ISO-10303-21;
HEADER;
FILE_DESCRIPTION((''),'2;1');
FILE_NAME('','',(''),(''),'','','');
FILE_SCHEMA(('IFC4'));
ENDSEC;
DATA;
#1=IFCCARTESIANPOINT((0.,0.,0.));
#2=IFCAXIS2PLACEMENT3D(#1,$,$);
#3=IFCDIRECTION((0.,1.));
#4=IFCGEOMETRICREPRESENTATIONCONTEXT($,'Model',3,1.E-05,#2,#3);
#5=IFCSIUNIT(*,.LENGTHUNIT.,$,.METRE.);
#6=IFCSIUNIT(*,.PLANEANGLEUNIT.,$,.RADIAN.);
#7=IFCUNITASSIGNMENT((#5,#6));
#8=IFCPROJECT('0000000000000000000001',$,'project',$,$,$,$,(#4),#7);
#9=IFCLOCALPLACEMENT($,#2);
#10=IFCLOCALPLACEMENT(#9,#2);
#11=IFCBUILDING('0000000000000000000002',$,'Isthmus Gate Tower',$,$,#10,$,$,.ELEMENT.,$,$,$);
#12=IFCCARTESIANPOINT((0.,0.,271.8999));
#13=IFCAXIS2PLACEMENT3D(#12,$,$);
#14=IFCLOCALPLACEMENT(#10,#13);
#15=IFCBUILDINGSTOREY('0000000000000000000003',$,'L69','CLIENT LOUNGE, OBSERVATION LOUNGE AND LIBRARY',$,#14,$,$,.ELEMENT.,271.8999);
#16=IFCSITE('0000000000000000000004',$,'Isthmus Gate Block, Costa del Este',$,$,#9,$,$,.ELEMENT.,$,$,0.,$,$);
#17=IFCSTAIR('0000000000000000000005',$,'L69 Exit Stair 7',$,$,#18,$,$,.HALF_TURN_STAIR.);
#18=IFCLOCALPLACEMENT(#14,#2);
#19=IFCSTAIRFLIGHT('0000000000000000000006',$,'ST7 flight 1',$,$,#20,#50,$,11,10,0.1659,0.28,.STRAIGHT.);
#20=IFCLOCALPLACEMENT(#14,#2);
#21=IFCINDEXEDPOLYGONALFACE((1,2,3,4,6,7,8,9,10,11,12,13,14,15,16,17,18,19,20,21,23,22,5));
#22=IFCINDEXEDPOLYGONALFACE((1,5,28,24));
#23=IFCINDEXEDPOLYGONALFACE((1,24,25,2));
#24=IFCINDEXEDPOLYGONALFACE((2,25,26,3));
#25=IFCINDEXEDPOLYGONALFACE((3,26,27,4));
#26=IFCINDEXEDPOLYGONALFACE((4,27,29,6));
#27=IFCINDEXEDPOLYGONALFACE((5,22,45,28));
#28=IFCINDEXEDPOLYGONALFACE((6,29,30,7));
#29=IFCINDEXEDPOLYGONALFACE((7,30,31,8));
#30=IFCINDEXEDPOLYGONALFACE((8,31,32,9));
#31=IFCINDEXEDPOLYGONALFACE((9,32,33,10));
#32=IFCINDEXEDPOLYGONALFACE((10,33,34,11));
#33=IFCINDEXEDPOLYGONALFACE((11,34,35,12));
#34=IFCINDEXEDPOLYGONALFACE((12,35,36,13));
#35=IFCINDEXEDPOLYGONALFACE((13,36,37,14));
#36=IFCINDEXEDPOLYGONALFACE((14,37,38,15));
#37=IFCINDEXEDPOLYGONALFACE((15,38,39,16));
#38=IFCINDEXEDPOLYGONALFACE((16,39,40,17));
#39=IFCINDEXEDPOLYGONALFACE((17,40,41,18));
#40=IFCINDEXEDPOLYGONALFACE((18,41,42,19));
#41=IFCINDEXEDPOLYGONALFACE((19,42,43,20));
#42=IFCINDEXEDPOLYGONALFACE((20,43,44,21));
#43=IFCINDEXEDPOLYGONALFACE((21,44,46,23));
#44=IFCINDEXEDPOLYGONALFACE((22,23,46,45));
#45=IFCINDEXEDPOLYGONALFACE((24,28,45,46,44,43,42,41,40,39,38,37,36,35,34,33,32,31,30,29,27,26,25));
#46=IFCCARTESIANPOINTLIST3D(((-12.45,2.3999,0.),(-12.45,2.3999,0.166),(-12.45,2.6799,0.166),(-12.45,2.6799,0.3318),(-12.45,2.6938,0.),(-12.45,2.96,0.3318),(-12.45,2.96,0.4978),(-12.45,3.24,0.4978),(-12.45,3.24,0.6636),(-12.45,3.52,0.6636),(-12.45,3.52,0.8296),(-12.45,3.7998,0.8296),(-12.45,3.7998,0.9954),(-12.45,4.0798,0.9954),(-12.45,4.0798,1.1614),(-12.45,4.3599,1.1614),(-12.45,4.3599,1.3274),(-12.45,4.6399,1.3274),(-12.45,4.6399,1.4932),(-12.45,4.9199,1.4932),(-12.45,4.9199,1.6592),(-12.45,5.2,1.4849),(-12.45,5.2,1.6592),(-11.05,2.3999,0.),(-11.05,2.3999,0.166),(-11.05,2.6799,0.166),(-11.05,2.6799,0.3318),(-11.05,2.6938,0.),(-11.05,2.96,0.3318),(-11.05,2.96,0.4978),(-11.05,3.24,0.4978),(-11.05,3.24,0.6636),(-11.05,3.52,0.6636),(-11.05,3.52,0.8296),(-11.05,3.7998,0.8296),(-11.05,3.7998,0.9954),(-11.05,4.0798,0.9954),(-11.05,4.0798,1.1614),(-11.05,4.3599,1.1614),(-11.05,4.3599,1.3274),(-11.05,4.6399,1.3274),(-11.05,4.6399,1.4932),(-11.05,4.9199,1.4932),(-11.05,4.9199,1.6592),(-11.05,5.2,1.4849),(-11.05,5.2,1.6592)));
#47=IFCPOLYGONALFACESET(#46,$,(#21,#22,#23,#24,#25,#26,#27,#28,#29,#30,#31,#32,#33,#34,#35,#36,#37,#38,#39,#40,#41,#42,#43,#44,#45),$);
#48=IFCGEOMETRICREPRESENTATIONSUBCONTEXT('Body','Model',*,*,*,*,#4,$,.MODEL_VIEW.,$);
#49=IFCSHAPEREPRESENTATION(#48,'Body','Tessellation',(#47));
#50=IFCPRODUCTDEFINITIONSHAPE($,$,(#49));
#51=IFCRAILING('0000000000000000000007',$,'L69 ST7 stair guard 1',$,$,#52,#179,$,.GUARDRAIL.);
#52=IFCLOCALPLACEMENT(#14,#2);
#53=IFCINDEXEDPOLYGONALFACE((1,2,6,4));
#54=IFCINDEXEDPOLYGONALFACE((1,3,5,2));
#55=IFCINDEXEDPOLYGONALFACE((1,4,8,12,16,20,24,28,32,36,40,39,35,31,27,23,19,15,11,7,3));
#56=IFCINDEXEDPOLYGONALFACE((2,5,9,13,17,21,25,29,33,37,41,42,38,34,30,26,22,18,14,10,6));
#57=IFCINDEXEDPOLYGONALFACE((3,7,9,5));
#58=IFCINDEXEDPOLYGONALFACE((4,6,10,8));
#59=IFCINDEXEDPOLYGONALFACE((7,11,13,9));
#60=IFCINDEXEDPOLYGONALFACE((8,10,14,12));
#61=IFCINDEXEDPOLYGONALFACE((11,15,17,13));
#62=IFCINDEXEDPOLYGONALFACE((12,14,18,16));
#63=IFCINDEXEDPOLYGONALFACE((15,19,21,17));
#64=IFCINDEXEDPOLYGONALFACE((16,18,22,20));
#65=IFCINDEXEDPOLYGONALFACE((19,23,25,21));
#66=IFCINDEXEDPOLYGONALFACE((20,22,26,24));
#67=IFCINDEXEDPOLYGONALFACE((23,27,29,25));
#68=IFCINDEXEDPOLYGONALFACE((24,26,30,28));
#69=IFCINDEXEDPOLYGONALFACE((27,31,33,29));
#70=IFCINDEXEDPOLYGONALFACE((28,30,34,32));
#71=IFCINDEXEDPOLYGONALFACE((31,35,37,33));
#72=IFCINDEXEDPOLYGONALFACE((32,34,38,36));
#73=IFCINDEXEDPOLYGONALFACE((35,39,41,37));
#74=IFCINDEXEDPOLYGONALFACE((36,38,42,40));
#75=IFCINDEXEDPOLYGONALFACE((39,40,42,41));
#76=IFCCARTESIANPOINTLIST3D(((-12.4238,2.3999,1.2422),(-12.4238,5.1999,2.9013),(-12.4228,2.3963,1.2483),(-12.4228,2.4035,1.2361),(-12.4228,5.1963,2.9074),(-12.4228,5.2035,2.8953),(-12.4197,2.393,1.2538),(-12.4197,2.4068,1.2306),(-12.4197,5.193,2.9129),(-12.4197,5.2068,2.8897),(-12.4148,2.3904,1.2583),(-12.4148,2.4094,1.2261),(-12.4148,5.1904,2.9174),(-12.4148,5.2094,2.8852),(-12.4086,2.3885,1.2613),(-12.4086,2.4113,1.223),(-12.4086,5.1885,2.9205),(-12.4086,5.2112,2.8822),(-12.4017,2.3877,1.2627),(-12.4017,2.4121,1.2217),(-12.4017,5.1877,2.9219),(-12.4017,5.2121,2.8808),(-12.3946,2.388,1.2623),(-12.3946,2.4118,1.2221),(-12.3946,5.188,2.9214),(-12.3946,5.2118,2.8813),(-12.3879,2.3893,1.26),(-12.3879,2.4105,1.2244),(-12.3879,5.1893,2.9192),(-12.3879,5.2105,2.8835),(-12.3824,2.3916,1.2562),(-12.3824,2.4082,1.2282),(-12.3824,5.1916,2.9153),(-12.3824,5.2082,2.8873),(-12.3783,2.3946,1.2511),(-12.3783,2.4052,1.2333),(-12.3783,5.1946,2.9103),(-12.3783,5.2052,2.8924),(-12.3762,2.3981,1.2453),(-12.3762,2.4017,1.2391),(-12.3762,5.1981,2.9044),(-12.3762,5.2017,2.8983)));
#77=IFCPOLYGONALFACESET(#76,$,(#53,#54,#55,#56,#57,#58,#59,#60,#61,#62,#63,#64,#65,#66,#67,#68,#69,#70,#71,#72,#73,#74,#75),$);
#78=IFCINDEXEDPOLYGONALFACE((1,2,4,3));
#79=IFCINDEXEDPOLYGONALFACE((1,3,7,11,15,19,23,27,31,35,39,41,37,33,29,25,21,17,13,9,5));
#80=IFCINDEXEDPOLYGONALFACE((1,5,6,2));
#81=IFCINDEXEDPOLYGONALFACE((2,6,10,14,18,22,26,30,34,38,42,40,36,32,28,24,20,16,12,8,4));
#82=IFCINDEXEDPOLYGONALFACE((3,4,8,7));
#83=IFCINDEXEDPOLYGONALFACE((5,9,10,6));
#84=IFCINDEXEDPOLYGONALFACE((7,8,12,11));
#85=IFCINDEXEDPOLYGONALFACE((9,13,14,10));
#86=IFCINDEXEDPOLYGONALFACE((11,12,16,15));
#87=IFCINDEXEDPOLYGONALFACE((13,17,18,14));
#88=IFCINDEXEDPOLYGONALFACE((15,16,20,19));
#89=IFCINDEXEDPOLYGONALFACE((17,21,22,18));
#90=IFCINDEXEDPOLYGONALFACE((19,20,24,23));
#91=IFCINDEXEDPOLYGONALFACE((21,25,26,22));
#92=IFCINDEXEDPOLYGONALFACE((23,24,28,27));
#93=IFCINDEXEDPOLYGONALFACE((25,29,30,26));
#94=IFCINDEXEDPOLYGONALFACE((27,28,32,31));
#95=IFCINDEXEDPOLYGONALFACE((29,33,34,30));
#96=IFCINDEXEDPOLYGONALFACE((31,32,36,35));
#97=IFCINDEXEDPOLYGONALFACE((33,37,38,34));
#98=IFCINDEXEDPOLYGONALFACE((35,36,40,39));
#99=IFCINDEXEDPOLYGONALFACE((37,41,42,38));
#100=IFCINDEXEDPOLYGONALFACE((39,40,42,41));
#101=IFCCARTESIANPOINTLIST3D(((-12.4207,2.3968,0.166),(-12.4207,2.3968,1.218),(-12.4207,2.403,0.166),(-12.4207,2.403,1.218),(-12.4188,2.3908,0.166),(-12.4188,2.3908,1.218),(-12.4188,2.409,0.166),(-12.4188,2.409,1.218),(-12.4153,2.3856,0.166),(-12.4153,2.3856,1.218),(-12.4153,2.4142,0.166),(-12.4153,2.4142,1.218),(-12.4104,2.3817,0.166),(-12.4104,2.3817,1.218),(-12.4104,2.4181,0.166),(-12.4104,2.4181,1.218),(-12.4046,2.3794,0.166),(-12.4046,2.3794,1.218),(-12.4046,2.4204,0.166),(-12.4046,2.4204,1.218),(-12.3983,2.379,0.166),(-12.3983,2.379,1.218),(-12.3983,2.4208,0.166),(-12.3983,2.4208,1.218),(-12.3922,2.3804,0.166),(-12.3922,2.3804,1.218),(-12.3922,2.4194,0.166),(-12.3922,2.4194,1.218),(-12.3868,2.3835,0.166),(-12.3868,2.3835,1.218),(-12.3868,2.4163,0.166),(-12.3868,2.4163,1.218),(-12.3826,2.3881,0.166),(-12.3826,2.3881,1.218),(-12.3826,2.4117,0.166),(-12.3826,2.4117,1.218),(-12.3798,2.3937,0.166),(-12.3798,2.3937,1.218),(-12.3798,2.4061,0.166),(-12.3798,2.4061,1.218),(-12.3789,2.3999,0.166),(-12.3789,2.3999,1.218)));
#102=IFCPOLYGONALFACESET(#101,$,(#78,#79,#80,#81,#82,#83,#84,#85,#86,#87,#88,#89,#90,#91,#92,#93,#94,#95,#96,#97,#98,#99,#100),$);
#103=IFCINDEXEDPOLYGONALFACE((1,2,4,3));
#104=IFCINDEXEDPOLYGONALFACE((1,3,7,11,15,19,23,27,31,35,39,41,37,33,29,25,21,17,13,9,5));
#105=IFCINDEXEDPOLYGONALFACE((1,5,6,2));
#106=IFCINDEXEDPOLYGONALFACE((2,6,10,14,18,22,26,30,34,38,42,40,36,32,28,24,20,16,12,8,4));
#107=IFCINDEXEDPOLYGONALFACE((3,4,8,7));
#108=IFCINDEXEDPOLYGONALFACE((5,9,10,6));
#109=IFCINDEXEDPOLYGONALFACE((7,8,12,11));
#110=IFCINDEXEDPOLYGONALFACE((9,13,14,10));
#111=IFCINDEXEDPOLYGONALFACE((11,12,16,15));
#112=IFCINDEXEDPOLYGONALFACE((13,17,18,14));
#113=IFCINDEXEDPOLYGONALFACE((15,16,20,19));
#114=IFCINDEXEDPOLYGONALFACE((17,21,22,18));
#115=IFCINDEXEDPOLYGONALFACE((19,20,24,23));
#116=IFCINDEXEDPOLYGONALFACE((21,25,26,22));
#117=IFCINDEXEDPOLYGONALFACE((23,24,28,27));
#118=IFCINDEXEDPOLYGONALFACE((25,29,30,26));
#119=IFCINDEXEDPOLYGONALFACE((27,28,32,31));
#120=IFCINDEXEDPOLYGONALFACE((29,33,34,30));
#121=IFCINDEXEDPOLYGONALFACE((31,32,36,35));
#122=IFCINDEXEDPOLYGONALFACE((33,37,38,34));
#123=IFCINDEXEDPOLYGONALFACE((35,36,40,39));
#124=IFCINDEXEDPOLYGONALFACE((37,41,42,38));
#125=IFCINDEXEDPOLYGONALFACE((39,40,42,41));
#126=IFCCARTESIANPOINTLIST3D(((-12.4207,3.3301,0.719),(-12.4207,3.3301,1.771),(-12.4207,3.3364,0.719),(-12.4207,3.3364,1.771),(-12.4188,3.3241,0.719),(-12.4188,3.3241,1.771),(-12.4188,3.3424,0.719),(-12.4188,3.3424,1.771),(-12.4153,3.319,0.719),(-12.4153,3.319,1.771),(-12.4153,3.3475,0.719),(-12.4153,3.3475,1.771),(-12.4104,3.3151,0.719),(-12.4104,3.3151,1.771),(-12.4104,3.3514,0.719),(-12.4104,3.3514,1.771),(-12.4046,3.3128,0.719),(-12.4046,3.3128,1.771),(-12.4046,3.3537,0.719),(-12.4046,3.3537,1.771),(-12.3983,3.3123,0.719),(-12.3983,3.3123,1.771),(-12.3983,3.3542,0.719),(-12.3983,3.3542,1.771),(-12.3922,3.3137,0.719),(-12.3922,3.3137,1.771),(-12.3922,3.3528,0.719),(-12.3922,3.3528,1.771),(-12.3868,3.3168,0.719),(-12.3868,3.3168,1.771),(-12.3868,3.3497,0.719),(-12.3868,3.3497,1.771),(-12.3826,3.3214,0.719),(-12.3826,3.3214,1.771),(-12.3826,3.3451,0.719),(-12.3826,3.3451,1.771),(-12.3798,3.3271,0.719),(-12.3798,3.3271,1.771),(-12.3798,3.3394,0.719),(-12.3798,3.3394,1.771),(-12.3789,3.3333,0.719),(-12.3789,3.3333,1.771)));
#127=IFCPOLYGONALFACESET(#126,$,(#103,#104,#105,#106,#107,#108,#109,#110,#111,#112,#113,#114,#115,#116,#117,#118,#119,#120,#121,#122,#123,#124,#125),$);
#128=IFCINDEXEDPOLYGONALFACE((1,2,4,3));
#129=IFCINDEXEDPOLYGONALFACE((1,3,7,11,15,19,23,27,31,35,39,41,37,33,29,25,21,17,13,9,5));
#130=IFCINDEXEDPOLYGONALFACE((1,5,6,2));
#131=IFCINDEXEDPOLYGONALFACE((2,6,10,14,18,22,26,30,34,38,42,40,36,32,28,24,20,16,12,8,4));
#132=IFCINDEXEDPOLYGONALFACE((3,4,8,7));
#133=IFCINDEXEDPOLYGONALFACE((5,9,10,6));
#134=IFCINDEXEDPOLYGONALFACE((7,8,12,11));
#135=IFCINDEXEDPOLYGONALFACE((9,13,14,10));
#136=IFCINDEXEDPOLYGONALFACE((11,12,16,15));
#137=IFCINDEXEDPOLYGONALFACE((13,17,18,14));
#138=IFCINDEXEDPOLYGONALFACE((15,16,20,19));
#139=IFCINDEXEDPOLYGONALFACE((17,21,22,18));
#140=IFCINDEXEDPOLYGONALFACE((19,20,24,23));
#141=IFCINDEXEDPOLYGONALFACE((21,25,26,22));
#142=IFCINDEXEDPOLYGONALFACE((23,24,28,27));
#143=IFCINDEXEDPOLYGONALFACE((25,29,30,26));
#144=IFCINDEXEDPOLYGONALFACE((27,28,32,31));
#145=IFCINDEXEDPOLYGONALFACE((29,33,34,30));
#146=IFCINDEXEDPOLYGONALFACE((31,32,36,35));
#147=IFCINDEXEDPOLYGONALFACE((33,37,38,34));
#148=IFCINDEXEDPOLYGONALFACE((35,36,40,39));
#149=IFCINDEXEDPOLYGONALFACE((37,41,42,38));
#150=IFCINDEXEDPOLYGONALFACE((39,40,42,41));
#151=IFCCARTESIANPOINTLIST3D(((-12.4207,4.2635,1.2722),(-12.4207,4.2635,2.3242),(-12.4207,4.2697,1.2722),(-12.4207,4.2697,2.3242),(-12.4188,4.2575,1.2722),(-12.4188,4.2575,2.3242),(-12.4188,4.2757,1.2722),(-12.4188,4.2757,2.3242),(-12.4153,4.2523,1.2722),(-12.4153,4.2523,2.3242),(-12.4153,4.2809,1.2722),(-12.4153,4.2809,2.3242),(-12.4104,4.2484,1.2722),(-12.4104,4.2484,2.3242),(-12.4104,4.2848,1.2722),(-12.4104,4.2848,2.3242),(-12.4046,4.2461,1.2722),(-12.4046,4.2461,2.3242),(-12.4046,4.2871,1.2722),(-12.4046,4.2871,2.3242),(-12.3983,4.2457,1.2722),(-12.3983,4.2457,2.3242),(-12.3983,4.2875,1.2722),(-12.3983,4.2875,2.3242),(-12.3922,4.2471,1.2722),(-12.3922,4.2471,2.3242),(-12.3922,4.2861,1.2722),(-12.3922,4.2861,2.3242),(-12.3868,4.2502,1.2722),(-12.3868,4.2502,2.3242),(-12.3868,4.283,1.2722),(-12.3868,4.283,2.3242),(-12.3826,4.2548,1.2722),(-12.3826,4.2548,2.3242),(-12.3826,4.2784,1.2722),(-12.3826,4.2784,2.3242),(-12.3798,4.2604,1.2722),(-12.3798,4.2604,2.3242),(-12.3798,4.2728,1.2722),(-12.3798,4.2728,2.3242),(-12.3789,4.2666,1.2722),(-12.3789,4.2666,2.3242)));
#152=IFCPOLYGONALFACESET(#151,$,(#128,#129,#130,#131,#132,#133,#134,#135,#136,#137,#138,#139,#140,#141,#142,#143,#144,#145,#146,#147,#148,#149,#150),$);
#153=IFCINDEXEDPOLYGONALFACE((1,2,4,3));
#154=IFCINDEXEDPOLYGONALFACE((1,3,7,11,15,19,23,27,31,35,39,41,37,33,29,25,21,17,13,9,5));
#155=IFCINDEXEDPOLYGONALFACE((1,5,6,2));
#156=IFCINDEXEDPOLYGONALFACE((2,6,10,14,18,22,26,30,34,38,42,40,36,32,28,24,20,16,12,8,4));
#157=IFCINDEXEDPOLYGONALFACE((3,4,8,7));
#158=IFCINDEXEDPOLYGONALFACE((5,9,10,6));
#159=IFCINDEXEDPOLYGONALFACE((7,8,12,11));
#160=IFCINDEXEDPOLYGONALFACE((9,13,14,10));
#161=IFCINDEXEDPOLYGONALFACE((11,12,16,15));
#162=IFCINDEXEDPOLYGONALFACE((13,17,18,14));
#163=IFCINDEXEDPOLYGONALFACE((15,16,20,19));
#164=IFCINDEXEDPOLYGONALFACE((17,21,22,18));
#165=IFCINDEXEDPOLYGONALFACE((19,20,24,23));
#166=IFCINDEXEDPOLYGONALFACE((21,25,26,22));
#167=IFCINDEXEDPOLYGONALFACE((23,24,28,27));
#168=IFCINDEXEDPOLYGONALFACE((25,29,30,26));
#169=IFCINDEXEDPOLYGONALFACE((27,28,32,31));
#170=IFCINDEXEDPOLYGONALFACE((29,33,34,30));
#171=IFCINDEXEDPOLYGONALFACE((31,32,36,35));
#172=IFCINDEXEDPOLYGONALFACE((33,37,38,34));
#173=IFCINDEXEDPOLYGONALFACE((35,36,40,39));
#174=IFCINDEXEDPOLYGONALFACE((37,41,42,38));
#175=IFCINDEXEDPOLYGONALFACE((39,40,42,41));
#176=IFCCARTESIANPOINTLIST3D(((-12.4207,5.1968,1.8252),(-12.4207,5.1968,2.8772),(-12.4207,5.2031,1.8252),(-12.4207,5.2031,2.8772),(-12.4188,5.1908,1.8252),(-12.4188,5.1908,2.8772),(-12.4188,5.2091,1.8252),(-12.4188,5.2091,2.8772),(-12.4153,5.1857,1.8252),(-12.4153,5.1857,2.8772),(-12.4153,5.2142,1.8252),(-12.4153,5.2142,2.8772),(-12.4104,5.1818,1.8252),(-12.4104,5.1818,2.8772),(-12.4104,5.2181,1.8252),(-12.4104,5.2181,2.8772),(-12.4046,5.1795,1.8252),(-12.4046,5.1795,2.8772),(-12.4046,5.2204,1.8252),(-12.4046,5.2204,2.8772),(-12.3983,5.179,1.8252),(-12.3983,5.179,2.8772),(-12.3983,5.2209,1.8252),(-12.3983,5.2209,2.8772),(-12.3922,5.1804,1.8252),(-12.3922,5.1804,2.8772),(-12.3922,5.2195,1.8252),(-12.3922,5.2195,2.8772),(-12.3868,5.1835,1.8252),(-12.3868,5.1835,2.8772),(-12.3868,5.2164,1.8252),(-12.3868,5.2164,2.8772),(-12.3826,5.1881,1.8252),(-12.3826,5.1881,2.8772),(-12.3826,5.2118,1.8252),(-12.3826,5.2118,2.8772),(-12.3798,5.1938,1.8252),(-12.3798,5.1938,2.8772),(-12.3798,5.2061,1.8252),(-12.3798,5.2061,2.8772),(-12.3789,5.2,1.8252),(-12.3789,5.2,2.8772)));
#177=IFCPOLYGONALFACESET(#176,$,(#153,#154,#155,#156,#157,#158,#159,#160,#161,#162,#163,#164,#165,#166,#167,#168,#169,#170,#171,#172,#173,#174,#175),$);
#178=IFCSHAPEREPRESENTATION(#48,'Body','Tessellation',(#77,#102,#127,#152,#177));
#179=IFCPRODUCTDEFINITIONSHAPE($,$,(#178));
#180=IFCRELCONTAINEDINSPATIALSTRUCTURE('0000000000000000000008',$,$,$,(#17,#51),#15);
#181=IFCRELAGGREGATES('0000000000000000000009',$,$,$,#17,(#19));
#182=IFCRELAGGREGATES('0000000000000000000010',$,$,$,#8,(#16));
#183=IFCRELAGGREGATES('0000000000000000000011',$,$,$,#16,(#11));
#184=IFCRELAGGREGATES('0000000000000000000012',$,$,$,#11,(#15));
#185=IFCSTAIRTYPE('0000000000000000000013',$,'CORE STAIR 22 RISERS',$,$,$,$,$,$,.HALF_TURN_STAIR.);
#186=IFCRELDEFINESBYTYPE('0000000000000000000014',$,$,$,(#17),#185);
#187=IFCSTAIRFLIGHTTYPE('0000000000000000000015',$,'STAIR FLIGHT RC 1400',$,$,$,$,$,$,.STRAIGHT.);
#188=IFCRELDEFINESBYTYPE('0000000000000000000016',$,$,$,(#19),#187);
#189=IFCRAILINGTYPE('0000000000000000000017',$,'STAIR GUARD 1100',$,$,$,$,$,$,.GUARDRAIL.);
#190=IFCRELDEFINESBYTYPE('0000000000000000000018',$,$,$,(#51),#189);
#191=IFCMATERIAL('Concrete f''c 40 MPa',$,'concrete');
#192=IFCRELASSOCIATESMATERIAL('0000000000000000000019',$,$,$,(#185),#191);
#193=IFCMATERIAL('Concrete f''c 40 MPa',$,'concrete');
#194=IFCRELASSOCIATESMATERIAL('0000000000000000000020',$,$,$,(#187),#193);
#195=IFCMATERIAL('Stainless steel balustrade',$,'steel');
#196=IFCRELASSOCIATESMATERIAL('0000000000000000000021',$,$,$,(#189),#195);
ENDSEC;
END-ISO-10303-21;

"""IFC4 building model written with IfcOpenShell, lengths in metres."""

from ifc_helpers import new_model, si_unit, direction, frame, origin, origin_2d, place, context, subcontext, project, spatial, polyline, circle, outline, extrude, material, type_object, element, aggregate, save


model = new_model("IFC4")

# Units and contexts
model_context = context("Model", 3, precision=1e-05, world=origin(), true_north=direction((0.0, 1.0)))
body_context = subcontext(model_context, "Body", "Model", "MODEL_VIEW")
ifc_project = project(units=[si_unit("LENGTHUNIT", "METRE"), si_unit("PLANEANGLEUNIT", "RADIAN")], contexts=[model_context])

# Site, building, storey
site_placement = place(None, origin())
site = spatial("IfcSite", under=ifc_project, at=site_placement, Name="Isthmus Gate Block, Costa del Este", CompositionType="ELEMENT", RefElevation=0.0)
building_placement = place(site_placement, origin())
building = spatial("IfcBuilding", under=site, at=building_placement, Name="Isthmus Gate Tower", CompositionType="ELEMENT")
storey_placement = place(building_placement, frame((0.0, 0.0, 271.8999)))
storey = spatial("IfcBuildingStorey", under=building, at=storey_placement, Name="L69", Description="CLIENT LOUNGE, OBSERVATION LOUNGE AND LIBRARY", CompositionType="ELEMENT", Elevation=271.8999)

# Stair, stair flight
ifc_material_1 = material(Name="Concrete f'c 40 MPa", Category="concrete")
stair_type = type_object("IfcStairType", Name="CORE STAIR 22 RISERS", PredefinedType="HALF_TURN_STAIR", material=ifc_material_1)
stair_placement = place(storey_placement, origin())
stair = element("IfcStair", 1, at=stair_placement, inside=storey, type_object=stair_type, Name="L69 Exit Stair 7", PredefinedType="HALF_TURN_STAIR")
ifc_material_2 = material(Name="Concrete f'c 40 MPa", Category="concrete")
stair_flight_type = type_object("IfcStairFlightType", Name="STAIR FLIGHT RC 1400", PredefinedType="STRAIGHT", material=ifc_material_2)
stair_flight_placement = place(storey_placement, frame((-11.75, 2.3999, 0.0), z_axis=(0.0, 0.0, 1.0), x_axis=(0.0, 1.0, 0.0)))
stair_flight = element("IfcStairFlight", 2, at=stair_flight_placement, type_object=stair_flight_type, Name="ST7 flight 1", NumberOfRisers=11, NumberOfTreads=10, PredefinedType="STRAIGHT", RiserHeight=0.1659, TreadLength=0.28, context=body_context, shape_type="SweptSolid", body=[
    extrude(outline(polyline([(0.0, 0.0), (0.0, 0.166), (0.28, 0.166), (0.28, 0.3318), (0.5601, 0.3318), (0.5601, 0.4978), (0.8401, 0.4978), (0.8401, 0.6636), (1.1201, 0.6636), (1.1201, 0.8296), (1.3999, 0.8296), (1.3999, 0.9954), (1.6799, 0.9954), (1.6799, 1.1614), (1.96, 1.1614), (1.96, 1.3274), (2.24, 1.3274), (2.24, 1.4932), (2.52, 1.4932), (2.52, 1.6592), (2.8, 1.6592), (2.8, 1.825), (2.8, 1.4849), (0.2939, 0.0), (0.0, 0.0)])), frame((0.0, 0.7, 0.0), z_axis=(0.0, -1.0, 0.0), x_axis=(1.0, 0.0, 0.0)), (0.0, 0.0, 1.0), 1.3999),
])
aggregate(stair, [stair_flight])

# Railing
ifc_material_3 = material(Name="Stainless steel balustrade", Category="steel")
railing_type_1 = type_object("IfcRailingType", Name="STAIR GUARD 1100", PredefinedType="GUARDRAIL", material=ifc_material_3)
railing_1_placement = place(storey_placement, frame((-12.3999, 2.3999, 0.166)))
element("IfcRailing", 3, at=railing_1_placement, inside=storey, type_object=railing_type_1, Name="L69 ST7 stair guard 1", PredefinedType="GUARDRAIL", context=body_context, shape_type="SweptSolid", body=[
    extrude(circle(Radius=0.0239, at=origin_2d()), frame((0.0, 0.0, 1.0762), z_axis=(0.0, 0.860306, 0.509778), x_axis=(-1.0, 0.0, 0.0)), (0.0, 0.0, 1.0), 3.2546),
    extrude(circle(Radius=0.021, at=origin_2d()), origin(), (0.0, 0.0, 1.0), 1.052),
    extrude(circle(Radius=0.021, at=origin_2d()), frame((0.0, 0.9333, 0.553)), (0.0, 0.0, 1.0), 1.052),
    extrude(circle(Radius=0.021, at=origin_2d()), frame((0.0, 1.8667, 1.1062)), (0.0, 0.0, 1.0), 1.052),
    extrude(circle(Radius=0.021, at=origin_2d()), frame((0.0, 2.8, 1.6592)), (0.0, 0.0, 1.0), 1.052),
])

save(model, "model.ifc")
